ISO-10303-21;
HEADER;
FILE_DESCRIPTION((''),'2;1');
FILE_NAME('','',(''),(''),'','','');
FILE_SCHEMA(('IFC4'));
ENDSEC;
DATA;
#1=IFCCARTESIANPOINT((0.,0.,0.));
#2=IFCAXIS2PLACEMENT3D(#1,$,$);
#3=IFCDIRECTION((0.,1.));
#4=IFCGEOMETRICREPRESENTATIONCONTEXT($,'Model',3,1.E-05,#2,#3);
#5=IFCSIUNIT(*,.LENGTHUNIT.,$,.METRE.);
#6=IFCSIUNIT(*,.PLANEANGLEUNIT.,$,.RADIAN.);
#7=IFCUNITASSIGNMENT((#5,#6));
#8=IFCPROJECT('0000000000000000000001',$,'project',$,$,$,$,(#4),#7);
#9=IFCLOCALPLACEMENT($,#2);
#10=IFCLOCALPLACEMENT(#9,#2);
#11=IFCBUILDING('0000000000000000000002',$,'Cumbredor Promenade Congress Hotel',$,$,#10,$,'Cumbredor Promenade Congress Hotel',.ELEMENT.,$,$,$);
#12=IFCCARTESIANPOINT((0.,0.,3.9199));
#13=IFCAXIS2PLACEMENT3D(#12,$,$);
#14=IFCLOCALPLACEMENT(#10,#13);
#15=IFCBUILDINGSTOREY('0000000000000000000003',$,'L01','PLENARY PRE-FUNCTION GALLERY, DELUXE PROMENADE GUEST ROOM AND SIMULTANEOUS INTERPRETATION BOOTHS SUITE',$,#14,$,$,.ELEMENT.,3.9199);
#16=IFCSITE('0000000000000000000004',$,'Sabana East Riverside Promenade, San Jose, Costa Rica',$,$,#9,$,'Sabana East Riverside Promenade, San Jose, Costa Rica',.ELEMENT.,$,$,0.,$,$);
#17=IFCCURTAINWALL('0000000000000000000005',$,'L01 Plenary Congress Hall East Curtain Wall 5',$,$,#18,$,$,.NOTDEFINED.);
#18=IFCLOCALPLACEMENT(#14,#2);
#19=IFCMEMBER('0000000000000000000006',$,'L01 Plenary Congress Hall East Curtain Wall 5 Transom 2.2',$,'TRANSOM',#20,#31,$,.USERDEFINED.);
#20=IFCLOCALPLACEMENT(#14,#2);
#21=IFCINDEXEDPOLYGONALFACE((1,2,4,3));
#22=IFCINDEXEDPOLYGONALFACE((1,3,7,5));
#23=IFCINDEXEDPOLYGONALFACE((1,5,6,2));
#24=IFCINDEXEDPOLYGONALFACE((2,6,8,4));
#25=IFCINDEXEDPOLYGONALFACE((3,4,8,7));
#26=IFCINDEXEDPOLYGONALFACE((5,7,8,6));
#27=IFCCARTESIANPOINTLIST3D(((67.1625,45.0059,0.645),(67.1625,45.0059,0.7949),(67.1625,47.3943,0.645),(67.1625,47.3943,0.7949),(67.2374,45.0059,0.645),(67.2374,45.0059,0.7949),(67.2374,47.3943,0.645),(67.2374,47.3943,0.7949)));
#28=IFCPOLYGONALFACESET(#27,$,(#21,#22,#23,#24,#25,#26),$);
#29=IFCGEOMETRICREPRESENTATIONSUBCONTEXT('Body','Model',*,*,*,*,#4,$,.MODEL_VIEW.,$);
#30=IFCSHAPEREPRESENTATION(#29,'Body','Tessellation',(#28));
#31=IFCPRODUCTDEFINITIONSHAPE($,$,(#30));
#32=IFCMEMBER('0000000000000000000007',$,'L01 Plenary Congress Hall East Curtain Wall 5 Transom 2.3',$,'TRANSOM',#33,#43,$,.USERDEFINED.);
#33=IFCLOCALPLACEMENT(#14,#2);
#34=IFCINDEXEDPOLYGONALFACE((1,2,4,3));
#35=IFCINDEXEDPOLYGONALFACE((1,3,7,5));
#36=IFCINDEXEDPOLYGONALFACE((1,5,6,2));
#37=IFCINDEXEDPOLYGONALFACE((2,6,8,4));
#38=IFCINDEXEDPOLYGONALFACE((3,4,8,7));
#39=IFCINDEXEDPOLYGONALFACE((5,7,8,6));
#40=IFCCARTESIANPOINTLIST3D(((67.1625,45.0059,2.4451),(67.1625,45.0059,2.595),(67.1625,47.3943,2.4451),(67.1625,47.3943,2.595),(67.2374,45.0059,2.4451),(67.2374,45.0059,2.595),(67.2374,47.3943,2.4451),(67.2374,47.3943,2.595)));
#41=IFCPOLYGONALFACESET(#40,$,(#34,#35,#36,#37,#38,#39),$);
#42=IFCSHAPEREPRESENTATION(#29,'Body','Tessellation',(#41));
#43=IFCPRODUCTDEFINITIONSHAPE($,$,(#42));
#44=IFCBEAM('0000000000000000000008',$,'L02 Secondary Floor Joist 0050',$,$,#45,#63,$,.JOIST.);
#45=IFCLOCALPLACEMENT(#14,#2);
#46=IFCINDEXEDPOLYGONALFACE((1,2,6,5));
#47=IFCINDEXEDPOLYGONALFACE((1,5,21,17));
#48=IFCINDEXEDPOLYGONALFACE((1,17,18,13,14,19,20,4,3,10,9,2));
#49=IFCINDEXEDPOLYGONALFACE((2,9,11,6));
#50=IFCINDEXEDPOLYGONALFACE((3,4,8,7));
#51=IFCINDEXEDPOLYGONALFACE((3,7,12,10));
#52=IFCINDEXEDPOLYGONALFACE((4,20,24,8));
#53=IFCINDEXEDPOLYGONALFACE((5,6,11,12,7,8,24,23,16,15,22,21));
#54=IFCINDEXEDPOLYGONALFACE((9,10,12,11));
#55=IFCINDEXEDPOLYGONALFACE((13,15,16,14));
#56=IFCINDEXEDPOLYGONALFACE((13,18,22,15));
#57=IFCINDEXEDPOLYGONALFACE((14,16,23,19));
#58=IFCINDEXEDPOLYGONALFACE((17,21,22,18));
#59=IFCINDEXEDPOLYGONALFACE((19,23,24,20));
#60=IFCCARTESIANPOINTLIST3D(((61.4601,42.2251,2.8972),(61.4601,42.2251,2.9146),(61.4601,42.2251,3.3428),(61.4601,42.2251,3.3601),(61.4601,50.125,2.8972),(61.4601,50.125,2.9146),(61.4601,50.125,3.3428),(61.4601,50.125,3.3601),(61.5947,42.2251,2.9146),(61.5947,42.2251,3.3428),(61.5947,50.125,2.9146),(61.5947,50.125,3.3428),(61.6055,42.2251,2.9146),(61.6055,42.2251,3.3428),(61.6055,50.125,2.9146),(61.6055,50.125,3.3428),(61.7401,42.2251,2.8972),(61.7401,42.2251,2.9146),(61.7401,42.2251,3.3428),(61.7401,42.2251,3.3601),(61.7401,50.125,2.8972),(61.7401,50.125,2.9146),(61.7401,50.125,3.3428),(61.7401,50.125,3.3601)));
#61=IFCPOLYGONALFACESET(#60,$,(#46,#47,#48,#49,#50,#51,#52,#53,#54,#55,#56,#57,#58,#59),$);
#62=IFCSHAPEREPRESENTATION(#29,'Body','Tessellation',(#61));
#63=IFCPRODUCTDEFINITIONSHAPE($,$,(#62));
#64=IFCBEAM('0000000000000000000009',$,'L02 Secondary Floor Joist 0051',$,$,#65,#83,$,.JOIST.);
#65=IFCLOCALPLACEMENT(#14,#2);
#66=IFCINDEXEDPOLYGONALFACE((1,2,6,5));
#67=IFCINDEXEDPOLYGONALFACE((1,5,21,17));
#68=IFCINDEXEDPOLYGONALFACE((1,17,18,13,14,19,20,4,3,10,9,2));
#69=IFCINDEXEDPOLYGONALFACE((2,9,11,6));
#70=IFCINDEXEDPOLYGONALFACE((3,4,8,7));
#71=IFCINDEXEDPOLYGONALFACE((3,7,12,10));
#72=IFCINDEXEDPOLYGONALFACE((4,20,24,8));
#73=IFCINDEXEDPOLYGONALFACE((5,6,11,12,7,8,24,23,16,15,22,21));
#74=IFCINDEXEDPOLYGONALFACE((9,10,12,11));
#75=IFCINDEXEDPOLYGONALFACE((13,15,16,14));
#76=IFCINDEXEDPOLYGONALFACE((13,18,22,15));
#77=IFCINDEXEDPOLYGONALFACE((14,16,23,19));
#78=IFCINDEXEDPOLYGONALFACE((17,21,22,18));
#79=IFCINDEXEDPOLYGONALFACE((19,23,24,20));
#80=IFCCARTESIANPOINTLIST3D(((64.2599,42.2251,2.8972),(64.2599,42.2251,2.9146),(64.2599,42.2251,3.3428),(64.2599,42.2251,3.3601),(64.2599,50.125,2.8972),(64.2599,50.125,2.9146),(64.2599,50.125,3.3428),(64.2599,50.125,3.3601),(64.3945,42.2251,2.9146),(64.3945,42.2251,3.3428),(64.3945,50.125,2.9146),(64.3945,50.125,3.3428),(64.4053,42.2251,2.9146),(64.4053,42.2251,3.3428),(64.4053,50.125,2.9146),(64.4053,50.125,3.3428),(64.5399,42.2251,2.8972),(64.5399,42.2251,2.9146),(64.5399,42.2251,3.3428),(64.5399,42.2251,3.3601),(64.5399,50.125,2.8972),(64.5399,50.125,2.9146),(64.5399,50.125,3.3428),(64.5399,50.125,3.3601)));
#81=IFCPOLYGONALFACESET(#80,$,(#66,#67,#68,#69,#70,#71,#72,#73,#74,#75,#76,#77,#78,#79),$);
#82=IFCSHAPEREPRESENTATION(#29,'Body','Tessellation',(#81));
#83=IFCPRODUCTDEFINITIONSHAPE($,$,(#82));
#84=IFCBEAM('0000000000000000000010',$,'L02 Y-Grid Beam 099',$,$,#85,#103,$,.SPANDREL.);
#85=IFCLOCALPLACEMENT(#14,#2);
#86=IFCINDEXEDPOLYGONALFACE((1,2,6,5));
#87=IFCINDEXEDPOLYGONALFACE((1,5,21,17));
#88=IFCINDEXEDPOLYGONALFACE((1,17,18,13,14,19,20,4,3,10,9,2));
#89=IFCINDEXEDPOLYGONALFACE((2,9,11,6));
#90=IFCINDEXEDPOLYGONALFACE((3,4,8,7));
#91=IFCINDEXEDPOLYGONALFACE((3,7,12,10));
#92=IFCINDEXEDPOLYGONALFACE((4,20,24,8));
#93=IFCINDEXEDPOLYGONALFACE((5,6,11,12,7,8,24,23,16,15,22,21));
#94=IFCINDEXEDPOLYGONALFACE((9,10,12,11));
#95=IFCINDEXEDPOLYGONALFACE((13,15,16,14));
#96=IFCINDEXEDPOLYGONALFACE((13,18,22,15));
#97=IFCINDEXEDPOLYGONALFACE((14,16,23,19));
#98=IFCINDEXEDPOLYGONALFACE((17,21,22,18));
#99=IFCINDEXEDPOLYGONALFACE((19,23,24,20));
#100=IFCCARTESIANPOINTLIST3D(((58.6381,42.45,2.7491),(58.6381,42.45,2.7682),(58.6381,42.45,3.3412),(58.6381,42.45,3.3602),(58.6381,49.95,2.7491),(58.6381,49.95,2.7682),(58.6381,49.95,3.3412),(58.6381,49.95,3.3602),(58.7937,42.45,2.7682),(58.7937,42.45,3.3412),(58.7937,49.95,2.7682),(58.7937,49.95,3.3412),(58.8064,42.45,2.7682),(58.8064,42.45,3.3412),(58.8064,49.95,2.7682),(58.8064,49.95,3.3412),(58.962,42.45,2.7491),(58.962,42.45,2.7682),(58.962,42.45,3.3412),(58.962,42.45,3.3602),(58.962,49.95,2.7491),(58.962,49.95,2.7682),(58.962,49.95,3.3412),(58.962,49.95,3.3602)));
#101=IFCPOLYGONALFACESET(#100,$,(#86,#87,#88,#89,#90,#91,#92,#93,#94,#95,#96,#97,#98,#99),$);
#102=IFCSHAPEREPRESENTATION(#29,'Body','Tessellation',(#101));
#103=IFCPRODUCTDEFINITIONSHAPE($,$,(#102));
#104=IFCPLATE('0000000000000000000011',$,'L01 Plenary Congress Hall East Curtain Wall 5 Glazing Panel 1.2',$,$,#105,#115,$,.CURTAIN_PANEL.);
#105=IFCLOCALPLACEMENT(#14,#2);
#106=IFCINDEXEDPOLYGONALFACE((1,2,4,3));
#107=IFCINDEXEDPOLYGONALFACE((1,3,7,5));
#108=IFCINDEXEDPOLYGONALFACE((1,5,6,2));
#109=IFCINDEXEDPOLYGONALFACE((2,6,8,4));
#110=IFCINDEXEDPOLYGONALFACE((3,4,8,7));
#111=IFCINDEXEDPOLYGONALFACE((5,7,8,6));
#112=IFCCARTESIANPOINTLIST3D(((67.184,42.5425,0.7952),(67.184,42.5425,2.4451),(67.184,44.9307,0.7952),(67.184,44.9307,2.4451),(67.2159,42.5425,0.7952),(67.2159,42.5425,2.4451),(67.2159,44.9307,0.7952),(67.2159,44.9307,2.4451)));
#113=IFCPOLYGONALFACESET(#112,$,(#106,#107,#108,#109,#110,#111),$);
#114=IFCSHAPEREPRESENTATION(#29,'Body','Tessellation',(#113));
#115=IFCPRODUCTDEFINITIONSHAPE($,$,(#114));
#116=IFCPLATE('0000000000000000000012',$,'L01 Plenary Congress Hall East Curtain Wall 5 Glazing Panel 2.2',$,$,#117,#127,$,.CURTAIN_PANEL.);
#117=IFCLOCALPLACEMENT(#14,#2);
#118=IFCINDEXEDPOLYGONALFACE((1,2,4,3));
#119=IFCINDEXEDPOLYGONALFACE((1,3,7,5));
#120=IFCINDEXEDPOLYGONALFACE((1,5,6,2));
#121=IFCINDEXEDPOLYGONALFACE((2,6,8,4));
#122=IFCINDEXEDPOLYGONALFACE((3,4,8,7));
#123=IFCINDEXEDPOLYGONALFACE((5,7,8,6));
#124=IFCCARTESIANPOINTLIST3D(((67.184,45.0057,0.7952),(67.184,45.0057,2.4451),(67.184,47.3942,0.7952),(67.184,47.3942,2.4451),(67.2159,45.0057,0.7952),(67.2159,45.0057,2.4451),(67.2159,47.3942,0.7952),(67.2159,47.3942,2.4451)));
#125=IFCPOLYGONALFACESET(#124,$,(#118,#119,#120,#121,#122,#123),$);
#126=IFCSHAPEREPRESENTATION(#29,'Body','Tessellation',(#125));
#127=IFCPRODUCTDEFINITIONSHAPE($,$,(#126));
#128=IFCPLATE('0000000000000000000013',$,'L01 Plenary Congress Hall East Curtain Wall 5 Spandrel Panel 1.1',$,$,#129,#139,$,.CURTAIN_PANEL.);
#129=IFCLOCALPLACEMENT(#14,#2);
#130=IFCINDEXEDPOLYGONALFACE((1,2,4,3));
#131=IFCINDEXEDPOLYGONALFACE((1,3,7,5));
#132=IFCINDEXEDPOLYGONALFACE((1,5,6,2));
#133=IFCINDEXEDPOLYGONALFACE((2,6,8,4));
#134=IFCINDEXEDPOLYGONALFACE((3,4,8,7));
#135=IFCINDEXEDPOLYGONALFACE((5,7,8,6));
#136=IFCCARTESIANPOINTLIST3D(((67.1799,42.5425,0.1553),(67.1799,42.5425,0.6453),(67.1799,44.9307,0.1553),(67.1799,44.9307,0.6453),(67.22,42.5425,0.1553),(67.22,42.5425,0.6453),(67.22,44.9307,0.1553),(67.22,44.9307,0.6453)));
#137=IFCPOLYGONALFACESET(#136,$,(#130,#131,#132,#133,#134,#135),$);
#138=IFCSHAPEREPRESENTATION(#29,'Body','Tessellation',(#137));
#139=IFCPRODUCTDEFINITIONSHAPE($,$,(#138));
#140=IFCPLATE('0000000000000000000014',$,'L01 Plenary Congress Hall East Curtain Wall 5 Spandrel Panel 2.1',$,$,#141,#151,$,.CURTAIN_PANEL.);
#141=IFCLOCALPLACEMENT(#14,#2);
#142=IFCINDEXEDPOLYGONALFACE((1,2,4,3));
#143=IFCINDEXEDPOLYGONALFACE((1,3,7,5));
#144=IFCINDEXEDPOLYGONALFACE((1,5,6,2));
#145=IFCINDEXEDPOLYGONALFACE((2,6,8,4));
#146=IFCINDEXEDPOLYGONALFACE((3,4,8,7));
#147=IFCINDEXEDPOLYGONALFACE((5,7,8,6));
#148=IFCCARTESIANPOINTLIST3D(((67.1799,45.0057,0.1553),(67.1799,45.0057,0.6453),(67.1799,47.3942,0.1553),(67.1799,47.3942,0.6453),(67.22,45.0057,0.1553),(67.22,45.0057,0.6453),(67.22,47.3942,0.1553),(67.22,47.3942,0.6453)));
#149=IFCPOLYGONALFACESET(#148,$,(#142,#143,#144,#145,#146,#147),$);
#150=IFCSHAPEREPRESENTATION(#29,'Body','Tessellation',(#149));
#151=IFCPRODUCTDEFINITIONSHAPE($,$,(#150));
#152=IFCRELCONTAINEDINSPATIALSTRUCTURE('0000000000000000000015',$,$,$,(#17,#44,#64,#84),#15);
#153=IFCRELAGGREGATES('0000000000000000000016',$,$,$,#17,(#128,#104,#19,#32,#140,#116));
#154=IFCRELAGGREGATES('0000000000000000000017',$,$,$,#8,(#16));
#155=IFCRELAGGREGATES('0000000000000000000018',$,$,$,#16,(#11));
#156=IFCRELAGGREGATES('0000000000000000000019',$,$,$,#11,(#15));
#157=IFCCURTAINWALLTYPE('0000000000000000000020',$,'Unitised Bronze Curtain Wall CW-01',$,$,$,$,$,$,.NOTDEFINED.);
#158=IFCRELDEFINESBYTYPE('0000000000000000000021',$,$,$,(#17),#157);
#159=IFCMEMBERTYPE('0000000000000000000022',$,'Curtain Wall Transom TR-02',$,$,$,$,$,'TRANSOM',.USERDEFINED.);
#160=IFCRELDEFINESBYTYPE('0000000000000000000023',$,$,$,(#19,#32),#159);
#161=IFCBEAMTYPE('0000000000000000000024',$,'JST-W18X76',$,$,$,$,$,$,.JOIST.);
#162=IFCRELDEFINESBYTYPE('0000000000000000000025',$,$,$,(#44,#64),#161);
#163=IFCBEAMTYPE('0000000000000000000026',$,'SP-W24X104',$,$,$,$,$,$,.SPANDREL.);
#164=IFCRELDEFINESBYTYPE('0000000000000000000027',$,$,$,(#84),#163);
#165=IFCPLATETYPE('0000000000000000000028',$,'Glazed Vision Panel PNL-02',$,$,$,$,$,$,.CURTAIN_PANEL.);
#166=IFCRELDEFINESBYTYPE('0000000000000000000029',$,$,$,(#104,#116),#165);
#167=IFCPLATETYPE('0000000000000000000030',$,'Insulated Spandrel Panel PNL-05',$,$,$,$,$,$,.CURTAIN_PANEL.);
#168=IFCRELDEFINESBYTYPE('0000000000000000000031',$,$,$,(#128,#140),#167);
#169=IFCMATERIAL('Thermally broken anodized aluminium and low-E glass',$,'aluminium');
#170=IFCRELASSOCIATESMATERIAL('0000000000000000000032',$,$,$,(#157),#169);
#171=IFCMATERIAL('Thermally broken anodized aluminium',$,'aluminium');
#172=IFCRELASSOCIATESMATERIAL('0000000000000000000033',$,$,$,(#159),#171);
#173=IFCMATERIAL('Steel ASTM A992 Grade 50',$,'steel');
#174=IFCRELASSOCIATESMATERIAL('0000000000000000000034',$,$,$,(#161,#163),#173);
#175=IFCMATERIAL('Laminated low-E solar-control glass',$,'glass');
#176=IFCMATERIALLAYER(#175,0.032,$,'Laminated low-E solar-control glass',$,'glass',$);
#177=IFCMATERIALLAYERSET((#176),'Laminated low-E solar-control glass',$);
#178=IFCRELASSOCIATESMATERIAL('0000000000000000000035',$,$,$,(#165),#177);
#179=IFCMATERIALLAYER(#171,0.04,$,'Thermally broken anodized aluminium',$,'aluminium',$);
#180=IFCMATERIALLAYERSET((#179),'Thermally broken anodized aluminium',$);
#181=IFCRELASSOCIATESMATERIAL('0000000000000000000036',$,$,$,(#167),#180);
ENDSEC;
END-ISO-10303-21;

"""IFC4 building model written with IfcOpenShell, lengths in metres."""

from ifc_helpers import new_model, si_unit, direction, frame, origin, origin_2d, place, context, subcontext, project, spatial, rectangle, i_section, extrude, material, layer, layer_set, material_profile, profile_set, type_object, element, aggregate, save


model = new_model("IFC4")

# Units and contexts
model_context = context("Model", 3, precision=1e-05, world=origin(), true_north=direction((0.0, 1.0)))
body_context = subcontext(model_context, "Body", "Model", "MODEL_VIEW")
ifc_project = project(units=[si_unit("LENGTHUNIT", "METRE"), si_unit("PLANEANGLEUNIT", "RADIAN")], contexts=[model_context])

# Site, building, storey
site_placement = place(None, origin())
site = spatial("IfcSite", under=ifc_project, at=site_placement, Name="Sabana East Riverside Promenade, San Jose, Costa Rica", LongName="Sabana East Riverside Promenade, San Jose, Costa Rica", CompositionType="ELEMENT", RefElevation=0.0)
building_placement = place(site_placement, origin())
building = spatial("IfcBuilding", under=site, at=building_placement, Name="Cumbredor Promenade Congress Hotel", LongName="Cumbredor Promenade Congress Hotel", CompositionType="ELEMENT")
storey_placement = place(building_placement, frame((0.0, 0.0, 3.9199)))
storey = spatial("IfcBuildingStorey", under=building, at=storey_placement, Name="L01", Description="PLENARY PRE-FUNCTION GALLERY, DELUXE PROMENADE GUEST ROOM AND SIMULTANEOUS INTERPRETATION BOOTHS SUITE", CompositionType="ELEMENT", Elevation=3.9199)

# Shared definitions
ifc_material_1 = material(Name="Thermally broken anodized aluminium and low-E glass", Category="aluminium")
curtain_wall_type = type_object("IfcCurtainWallType", Name="Unitised Bronze Curtain Wall CW-01", PredefinedType="NOTDEFINED", material=ifc_material_1)
ifc_material_2 = material(Name="Thermally broken anodized aluminium", Category="aluminium")

# Curtain wall, members
curtain_wall_1_placement = place(storey_placement, origin())
curtain_wall_1 = element("IfcCurtainWall", 1, at=curtain_wall_1_placement, inside=storey, type_object=curtain_wall_type, Name="L01 Plenary Congress Hall East Curtain Wall 5", PredefinedType="NOTDEFINED")
ifc_material_profile_1 = material_profile(ifc_material_2, rectangle(XDim=0.075, YDim=0.1499, at=origin_2d()), Name="ALU TRANSOM 75x150")
ifc_profile_set_1 = profile_set([ifc_material_profile_1], Name="Thermally broken anodized aluminium")
member_type_1 = type_object("IfcMemberType", Name="Curtain Wall Transom TR-02", ElementType="TRANSOM", PredefinedType="USERDEFINED", material=ifc_profile_set_1)
member_1_placement = place(storey_placement, frame((67.2, 45.0059, 0.72), z_axis=(0.0, 1.0, 0.0), x_axis=(-1.0, 0.0, 0.0)))
member_1 = element("IfcMember", 2, at=member_1_placement, type_object=member_type_1, Name="L01 Plenary Congress Hall East Curtain Wall 5 Transom 2.2", ObjectType="TRANSOM", PredefinedType="USERDEFINED", context=body_context, shape_type="SweptSolid", body=[
    extrude(rectangle(XDim=0.075, YDim=0.1499, at=origin_2d()), origin(), (0.0, 0.0, 1.0), 2.3884),
])
member_2_placement = place(storey_placement, frame((67.2, 45.0059, 2.52), z_axis=(0.0, 1.0, 0.0), x_axis=(-1.0, 0.0, 0.0)))
member_2 = element("IfcMember", 3, at=member_2_placement, type_object=member_type_1, Name="L01 Plenary Congress Hall East Curtain Wall 5 Transom 2.3", ObjectType="TRANSOM", PredefinedType="USERDEFINED", context=body_context, shape_type="SweptSolid", body=[
    extrude(rectangle(XDim=0.075, YDim=0.1499, at=origin_2d()), origin(), (0.0, 0.0, 1.0), 2.3884),
])

# Beams
ifc_material_3 = material(Name="Steel ASTM A992 Grade 50", Category="steel")
ifc_material_profile_2 = material_profile(ifc_material_3, i_section(OverallWidth=0.28, OverallDepth=0.4629, WebThickness=0.0107, FlangeThickness=0.0173, at=origin_2d()), Name="W18X76")
ifc_profile_set_2 = profile_set([ifc_material_profile_2], Name="Steel ASTM A992 Grade 50")
beam_type_1 = type_object("IfcBeamType", Name="JST-W18X76", PredefinedType="JOIST", material=ifc_profile_set_2)
for number, where, z_axis, x_axis, name in (
    (4, (61.6001, 42.2251, 3.1287), (0.0, 1.0, 0.0), (-1.0, 0.0, 0.0), "L02 Secondary Floor Joist 0050"),
    (5, (64.3999, 42.2251, 3.1287), (0.0, 1.0, 0.0), (-1.0, 0.0, 0.0), "L02 Secondary Floor Joist 0051"),
):
    element("IfcBeam", number, at=place(storey_placement, frame(where, z_axis=z_axis, x_axis=x_axis)), inside=storey, type_object=beam_type_1, Name=name, PredefinedType="JOIST", context=body_context, shape_type="SweptSolid", body=[
        extrude(i_section(OverallWidth=0.28, OverallDepth=0.4629, WebThickness=0.0107, FlangeThickness=0.0173, at=origin_2d()), origin(), (0.0, 0.0, 1.0), 7.8999),
    ])
ifc_material_profile_3 = material_profile(ifc_material_3, i_section(OverallWidth=0.324, OverallDepth=0.6111, WebThickness=0.0127, FlangeThickness=0.019, at=origin_2d()), Name="W24X104")
ifc_profile_set_3 = profile_set([ifc_material_profile_3], Name="Steel ASTM A992 Grade 50")
beam_type_2 = type_object("IfcBeamType", Name="SP-W24X104", PredefinedType="SPANDREL", material=ifc_profile_set_3)
beam_placement = place(storey_placement, frame((58.8, 42.45, 3.0547), z_axis=(0.0, 1.0, 0.0), x_axis=(-1.0, 0.0, 0.0)))
element("IfcBeam", 6, at=beam_placement, inside=storey, type_object=beam_type_2, Name="L02 Y-Grid Beam 099", PredefinedType="SPANDREL", context=body_context, shape_type="SweptSolid", body=[
    extrude(i_section(OverallWidth=0.324, OverallDepth=0.6111, WebThickness=0.0127, FlangeThickness=0.019, at=origin_2d()), origin(), (0.0, 0.0, 1.0), 7.5),
])

# Plates
ifc_material_4 = material(Name="Laminated low-E solar-control glass", Category="glass")
ifc_layer_1 = layer(ifc_material_4, 0.032, Name="Laminated low-E solar-control glass", Category="glass")
ifc_layer_set_1 = layer_set([ifc_layer_1], Name="Laminated low-E solar-control glass")
plate_type_1 = type_object("IfcPlateType", Name="Glazed Vision Panel PNL-02", PredefinedType="CURTAIN_PANEL", material=ifc_layer_set_1)
plate_1_placement = place(storey_placement, frame((67.2, 43.7366, 0.7952), z_axis=(0.0, 0.0, 1.0), x_axis=(0.0, 1.0, 0.0)))
plate_1 = element("IfcPlate", 7, at=plate_1_placement, type_object=plate_type_1, Name="L01 Plenary Congress Hall East Curtain Wall 5 Glazing Panel 1.2", PredefinedType="CURTAIN_PANEL", context=body_context, shape_type="SweptSolid", body=[
    extrude(rectangle(XDim=2.3882, YDim=0.032, at=origin_2d()), origin(), (0.0, 0.0, 1.0), 1.6499),
])
plate_2_placement = place(storey_placement, frame((67.2, 46.2, 0.7952), z_axis=(0.0, 0.0, 1.0), x_axis=(0.0, 1.0, 0.0)))
plate_2 = element("IfcPlate", 8, at=plate_2_placement, type_object=plate_type_1, Name="L01 Plenary Congress Hall East Curtain Wall 5 Glazing Panel 2.2", PredefinedType="CURTAIN_PANEL", context=body_context, shape_type="SweptSolid", body=[
    extrude(rectangle(XDim=2.3884, YDim=0.032, at=origin_2d()), origin(), (0.0, 0.0, 1.0), 1.6499),
])
ifc_layer_2 = layer(ifc_material_2, 0.04, Name="Thermally broken anodized aluminium", Category="aluminium")
ifc_layer_set_2 = layer_set([ifc_layer_2], Name="Thermally broken anodized aluminium")
plate_type_2 = type_object("IfcPlateType", Name="Insulated Spandrel Panel PNL-05", PredefinedType="CURTAIN_PANEL", material=ifc_layer_set_2)
plate_3_placement = place(storey_placement, frame((67.2, 43.7366, 0.1553), z_axis=(0.0, 0.0, 1.0), x_axis=(0.0, 1.0, 0.0)))
plate_3 = element("IfcPlate", 9, at=plate_3_placement, type_object=plate_type_2, Name="L01 Plenary Congress Hall East Curtain Wall 5 Spandrel Panel 1.1", PredefinedType="CURTAIN_PANEL", context=body_context, shape_type="SweptSolid", body=[
    extrude(rectangle(XDim=2.3882, YDim=0.04, at=origin_2d()), origin(), (0.0, 0.0, 1.0), 0.49),
])
plate_4_placement = place(storey_placement, frame((67.2, 46.2, 0.1553), z_axis=(0.0, 0.0, 1.0), x_axis=(0.0, 1.0, 0.0)))
plate_4 = element("IfcPlate", 10, at=plate_4_placement, type_object=plate_type_2, Name="L01 Plenary Congress Hall East Curtain Wall 5 Spandrel Panel 2.1", PredefinedType="CURTAIN_PANEL", context=body_context, shape_type="SweptSolid", body=[
    extrude(rectangle(XDim=2.3884, YDim=0.04, at=origin_2d()), origin(), (0.0, 0.0, 1.0), 0.49),
])
aggregate(curtain_wall_1, [plate_3, plate_1, member_1, member_2, plate_4, plate_2])

save(model, "model.ifc")
